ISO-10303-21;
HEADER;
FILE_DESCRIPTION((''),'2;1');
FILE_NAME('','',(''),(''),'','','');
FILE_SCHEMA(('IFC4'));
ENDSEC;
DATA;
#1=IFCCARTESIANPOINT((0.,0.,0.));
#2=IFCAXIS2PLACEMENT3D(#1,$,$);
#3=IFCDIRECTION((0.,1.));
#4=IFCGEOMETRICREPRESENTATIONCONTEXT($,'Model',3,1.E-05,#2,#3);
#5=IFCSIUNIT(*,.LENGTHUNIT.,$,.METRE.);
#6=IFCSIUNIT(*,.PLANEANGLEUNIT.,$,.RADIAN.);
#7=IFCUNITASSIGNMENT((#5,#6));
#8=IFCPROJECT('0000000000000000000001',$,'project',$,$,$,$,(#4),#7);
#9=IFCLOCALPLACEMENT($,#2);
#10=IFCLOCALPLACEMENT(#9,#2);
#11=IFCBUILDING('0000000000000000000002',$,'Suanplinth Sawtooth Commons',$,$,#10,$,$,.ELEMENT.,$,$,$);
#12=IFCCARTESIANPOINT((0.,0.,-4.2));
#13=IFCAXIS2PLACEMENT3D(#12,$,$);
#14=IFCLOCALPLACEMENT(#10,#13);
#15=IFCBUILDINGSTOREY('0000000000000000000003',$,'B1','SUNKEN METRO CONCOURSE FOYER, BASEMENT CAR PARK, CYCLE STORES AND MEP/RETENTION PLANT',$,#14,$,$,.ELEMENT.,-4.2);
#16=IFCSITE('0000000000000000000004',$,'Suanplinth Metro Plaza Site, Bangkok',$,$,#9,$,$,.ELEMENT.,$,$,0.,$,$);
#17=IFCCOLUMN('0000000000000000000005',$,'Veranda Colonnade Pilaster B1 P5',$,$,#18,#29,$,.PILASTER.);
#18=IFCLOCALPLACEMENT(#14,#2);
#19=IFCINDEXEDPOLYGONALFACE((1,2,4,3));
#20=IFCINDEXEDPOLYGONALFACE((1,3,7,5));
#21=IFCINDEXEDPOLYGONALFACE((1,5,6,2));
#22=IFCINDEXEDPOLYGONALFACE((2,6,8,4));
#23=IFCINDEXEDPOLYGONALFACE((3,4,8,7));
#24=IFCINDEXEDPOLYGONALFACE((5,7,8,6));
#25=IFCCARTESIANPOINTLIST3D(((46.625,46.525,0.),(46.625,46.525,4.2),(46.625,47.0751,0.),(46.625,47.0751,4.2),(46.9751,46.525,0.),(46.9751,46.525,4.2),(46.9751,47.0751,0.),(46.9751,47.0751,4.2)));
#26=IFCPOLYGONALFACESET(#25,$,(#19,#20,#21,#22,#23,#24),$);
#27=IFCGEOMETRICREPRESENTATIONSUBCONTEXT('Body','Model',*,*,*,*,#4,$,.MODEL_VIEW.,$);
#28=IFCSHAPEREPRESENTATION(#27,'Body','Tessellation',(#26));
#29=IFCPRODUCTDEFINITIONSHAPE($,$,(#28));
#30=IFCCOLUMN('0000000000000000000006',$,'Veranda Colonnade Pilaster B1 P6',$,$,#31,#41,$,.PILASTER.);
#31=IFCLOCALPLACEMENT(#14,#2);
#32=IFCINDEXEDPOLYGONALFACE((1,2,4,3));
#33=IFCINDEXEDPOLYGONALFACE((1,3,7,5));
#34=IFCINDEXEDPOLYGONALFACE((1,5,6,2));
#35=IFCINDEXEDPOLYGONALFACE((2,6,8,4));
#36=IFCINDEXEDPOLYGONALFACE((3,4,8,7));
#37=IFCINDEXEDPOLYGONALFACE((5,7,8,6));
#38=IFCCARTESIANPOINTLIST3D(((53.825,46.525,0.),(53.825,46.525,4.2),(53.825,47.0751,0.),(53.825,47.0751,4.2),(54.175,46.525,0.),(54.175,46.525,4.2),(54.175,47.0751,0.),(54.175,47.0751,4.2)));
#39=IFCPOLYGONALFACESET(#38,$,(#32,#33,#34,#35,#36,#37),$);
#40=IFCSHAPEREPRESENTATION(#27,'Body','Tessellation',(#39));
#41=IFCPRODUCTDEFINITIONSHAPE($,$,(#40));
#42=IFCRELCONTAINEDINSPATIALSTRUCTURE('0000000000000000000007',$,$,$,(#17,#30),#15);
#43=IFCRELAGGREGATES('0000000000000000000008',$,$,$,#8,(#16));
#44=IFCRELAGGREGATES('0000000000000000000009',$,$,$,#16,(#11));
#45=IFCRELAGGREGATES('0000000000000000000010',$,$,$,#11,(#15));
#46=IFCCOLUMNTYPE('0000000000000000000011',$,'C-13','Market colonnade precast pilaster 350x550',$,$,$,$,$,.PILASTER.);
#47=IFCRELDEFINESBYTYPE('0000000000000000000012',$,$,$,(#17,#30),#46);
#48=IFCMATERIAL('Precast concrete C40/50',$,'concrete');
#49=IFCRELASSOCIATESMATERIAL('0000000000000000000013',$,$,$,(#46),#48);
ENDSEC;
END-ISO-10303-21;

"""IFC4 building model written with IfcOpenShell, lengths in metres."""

from ifc_helpers import new_model, si_unit, direction, frame, origin, origin_2d, place, context, subcontext, project, spatial, rectangle, extrude, material, material_profile, profile_set, type_object, element, save


model = new_model("IFC4")

# Units and contexts
model_context = context("Model", 3, precision=1e-05, world=origin(), true_north=direction((0.0, 1.0)))
body_context = subcontext(model_context, "Body", "Model", "MODEL_VIEW")
ifc_project = project(units=[si_unit("LENGTHUNIT", "METRE"), si_unit("PLANEANGLEUNIT", "RADIAN")], contexts=[model_context])

# Site, building, storey
site_placement = place(None, origin())
site = spatial("IfcSite", under=ifc_project, at=site_placement, Name="Suanplinth Metro Plaza Site, Bangkok", CompositionType="ELEMENT", RefElevation=0.0)
building_placement = place(site_placement, origin())
building = spatial("IfcBuilding", under=site, at=building_placement, Name="Suanplinth Sawtooth Commons", CompositionType="ELEMENT")
storey_placement = place(building_placement, frame((0.0, 0.0, -4.2)))
storey = spatial("IfcBuildingStorey", under=building, at=storey_placement, Name="B1", Description="SUNKEN METRO CONCOURSE FOYER, BASEMENT CAR PARK, CYCLE STORES AND MEP/RETENTION PLANT", CompositionType="ELEMENT", Elevation=-4.2)

# Columns
ifc_material_1 = material(Name="Precast concrete C40/50", Category="concrete")
ifc_material_profile_1 = material_profile(ifc_material_1, rectangle(XDim=0.3501, YDim=0.55, at=origin_2d()), Name="PC-PIL 350x550")
ifc_profile_set_1 = profile_set([ifc_material_profile_1], Name="Precast concrete C40/50")
column_type_1 = type_object("IfcColumnType", Name="C-13", Description="Market colonnade precast pilaster 350x550", PredefinedType="PILASTER", material=ifc_profile_set_1)
for number, where, z_axis, x_axis, name in (
    (1, (46.8, 46.8, 0.0), (0.0, 0.0, 1.0), (1.0, 0.0, 0.0), "Veranda Colonnade Pilaster B1 P5"),
    (2, (54.0, 46.8, 0.0), (0.0, 0.0, 1.0), (1.0, 0.0, 0.0), "Veranda Colonnade Pilaster B1 P6"),
):
    element("IfcColumn", number, at=place(storey_placement, frame(where, z_axis=z_axis, x_axis=x_axis)), inside=storey, type_object=column_type_1, Name=name, PredefinedType="PILASTER", context=body_context, shape_type="SweptSolid", body=[
        extrude(rectangle(XDim=0.3501, YDim=0.55, at=origin_2d()), origin(), (0.0, 0.0, 1.0), 4.2),
    ])

save(model, "model.ifc")
